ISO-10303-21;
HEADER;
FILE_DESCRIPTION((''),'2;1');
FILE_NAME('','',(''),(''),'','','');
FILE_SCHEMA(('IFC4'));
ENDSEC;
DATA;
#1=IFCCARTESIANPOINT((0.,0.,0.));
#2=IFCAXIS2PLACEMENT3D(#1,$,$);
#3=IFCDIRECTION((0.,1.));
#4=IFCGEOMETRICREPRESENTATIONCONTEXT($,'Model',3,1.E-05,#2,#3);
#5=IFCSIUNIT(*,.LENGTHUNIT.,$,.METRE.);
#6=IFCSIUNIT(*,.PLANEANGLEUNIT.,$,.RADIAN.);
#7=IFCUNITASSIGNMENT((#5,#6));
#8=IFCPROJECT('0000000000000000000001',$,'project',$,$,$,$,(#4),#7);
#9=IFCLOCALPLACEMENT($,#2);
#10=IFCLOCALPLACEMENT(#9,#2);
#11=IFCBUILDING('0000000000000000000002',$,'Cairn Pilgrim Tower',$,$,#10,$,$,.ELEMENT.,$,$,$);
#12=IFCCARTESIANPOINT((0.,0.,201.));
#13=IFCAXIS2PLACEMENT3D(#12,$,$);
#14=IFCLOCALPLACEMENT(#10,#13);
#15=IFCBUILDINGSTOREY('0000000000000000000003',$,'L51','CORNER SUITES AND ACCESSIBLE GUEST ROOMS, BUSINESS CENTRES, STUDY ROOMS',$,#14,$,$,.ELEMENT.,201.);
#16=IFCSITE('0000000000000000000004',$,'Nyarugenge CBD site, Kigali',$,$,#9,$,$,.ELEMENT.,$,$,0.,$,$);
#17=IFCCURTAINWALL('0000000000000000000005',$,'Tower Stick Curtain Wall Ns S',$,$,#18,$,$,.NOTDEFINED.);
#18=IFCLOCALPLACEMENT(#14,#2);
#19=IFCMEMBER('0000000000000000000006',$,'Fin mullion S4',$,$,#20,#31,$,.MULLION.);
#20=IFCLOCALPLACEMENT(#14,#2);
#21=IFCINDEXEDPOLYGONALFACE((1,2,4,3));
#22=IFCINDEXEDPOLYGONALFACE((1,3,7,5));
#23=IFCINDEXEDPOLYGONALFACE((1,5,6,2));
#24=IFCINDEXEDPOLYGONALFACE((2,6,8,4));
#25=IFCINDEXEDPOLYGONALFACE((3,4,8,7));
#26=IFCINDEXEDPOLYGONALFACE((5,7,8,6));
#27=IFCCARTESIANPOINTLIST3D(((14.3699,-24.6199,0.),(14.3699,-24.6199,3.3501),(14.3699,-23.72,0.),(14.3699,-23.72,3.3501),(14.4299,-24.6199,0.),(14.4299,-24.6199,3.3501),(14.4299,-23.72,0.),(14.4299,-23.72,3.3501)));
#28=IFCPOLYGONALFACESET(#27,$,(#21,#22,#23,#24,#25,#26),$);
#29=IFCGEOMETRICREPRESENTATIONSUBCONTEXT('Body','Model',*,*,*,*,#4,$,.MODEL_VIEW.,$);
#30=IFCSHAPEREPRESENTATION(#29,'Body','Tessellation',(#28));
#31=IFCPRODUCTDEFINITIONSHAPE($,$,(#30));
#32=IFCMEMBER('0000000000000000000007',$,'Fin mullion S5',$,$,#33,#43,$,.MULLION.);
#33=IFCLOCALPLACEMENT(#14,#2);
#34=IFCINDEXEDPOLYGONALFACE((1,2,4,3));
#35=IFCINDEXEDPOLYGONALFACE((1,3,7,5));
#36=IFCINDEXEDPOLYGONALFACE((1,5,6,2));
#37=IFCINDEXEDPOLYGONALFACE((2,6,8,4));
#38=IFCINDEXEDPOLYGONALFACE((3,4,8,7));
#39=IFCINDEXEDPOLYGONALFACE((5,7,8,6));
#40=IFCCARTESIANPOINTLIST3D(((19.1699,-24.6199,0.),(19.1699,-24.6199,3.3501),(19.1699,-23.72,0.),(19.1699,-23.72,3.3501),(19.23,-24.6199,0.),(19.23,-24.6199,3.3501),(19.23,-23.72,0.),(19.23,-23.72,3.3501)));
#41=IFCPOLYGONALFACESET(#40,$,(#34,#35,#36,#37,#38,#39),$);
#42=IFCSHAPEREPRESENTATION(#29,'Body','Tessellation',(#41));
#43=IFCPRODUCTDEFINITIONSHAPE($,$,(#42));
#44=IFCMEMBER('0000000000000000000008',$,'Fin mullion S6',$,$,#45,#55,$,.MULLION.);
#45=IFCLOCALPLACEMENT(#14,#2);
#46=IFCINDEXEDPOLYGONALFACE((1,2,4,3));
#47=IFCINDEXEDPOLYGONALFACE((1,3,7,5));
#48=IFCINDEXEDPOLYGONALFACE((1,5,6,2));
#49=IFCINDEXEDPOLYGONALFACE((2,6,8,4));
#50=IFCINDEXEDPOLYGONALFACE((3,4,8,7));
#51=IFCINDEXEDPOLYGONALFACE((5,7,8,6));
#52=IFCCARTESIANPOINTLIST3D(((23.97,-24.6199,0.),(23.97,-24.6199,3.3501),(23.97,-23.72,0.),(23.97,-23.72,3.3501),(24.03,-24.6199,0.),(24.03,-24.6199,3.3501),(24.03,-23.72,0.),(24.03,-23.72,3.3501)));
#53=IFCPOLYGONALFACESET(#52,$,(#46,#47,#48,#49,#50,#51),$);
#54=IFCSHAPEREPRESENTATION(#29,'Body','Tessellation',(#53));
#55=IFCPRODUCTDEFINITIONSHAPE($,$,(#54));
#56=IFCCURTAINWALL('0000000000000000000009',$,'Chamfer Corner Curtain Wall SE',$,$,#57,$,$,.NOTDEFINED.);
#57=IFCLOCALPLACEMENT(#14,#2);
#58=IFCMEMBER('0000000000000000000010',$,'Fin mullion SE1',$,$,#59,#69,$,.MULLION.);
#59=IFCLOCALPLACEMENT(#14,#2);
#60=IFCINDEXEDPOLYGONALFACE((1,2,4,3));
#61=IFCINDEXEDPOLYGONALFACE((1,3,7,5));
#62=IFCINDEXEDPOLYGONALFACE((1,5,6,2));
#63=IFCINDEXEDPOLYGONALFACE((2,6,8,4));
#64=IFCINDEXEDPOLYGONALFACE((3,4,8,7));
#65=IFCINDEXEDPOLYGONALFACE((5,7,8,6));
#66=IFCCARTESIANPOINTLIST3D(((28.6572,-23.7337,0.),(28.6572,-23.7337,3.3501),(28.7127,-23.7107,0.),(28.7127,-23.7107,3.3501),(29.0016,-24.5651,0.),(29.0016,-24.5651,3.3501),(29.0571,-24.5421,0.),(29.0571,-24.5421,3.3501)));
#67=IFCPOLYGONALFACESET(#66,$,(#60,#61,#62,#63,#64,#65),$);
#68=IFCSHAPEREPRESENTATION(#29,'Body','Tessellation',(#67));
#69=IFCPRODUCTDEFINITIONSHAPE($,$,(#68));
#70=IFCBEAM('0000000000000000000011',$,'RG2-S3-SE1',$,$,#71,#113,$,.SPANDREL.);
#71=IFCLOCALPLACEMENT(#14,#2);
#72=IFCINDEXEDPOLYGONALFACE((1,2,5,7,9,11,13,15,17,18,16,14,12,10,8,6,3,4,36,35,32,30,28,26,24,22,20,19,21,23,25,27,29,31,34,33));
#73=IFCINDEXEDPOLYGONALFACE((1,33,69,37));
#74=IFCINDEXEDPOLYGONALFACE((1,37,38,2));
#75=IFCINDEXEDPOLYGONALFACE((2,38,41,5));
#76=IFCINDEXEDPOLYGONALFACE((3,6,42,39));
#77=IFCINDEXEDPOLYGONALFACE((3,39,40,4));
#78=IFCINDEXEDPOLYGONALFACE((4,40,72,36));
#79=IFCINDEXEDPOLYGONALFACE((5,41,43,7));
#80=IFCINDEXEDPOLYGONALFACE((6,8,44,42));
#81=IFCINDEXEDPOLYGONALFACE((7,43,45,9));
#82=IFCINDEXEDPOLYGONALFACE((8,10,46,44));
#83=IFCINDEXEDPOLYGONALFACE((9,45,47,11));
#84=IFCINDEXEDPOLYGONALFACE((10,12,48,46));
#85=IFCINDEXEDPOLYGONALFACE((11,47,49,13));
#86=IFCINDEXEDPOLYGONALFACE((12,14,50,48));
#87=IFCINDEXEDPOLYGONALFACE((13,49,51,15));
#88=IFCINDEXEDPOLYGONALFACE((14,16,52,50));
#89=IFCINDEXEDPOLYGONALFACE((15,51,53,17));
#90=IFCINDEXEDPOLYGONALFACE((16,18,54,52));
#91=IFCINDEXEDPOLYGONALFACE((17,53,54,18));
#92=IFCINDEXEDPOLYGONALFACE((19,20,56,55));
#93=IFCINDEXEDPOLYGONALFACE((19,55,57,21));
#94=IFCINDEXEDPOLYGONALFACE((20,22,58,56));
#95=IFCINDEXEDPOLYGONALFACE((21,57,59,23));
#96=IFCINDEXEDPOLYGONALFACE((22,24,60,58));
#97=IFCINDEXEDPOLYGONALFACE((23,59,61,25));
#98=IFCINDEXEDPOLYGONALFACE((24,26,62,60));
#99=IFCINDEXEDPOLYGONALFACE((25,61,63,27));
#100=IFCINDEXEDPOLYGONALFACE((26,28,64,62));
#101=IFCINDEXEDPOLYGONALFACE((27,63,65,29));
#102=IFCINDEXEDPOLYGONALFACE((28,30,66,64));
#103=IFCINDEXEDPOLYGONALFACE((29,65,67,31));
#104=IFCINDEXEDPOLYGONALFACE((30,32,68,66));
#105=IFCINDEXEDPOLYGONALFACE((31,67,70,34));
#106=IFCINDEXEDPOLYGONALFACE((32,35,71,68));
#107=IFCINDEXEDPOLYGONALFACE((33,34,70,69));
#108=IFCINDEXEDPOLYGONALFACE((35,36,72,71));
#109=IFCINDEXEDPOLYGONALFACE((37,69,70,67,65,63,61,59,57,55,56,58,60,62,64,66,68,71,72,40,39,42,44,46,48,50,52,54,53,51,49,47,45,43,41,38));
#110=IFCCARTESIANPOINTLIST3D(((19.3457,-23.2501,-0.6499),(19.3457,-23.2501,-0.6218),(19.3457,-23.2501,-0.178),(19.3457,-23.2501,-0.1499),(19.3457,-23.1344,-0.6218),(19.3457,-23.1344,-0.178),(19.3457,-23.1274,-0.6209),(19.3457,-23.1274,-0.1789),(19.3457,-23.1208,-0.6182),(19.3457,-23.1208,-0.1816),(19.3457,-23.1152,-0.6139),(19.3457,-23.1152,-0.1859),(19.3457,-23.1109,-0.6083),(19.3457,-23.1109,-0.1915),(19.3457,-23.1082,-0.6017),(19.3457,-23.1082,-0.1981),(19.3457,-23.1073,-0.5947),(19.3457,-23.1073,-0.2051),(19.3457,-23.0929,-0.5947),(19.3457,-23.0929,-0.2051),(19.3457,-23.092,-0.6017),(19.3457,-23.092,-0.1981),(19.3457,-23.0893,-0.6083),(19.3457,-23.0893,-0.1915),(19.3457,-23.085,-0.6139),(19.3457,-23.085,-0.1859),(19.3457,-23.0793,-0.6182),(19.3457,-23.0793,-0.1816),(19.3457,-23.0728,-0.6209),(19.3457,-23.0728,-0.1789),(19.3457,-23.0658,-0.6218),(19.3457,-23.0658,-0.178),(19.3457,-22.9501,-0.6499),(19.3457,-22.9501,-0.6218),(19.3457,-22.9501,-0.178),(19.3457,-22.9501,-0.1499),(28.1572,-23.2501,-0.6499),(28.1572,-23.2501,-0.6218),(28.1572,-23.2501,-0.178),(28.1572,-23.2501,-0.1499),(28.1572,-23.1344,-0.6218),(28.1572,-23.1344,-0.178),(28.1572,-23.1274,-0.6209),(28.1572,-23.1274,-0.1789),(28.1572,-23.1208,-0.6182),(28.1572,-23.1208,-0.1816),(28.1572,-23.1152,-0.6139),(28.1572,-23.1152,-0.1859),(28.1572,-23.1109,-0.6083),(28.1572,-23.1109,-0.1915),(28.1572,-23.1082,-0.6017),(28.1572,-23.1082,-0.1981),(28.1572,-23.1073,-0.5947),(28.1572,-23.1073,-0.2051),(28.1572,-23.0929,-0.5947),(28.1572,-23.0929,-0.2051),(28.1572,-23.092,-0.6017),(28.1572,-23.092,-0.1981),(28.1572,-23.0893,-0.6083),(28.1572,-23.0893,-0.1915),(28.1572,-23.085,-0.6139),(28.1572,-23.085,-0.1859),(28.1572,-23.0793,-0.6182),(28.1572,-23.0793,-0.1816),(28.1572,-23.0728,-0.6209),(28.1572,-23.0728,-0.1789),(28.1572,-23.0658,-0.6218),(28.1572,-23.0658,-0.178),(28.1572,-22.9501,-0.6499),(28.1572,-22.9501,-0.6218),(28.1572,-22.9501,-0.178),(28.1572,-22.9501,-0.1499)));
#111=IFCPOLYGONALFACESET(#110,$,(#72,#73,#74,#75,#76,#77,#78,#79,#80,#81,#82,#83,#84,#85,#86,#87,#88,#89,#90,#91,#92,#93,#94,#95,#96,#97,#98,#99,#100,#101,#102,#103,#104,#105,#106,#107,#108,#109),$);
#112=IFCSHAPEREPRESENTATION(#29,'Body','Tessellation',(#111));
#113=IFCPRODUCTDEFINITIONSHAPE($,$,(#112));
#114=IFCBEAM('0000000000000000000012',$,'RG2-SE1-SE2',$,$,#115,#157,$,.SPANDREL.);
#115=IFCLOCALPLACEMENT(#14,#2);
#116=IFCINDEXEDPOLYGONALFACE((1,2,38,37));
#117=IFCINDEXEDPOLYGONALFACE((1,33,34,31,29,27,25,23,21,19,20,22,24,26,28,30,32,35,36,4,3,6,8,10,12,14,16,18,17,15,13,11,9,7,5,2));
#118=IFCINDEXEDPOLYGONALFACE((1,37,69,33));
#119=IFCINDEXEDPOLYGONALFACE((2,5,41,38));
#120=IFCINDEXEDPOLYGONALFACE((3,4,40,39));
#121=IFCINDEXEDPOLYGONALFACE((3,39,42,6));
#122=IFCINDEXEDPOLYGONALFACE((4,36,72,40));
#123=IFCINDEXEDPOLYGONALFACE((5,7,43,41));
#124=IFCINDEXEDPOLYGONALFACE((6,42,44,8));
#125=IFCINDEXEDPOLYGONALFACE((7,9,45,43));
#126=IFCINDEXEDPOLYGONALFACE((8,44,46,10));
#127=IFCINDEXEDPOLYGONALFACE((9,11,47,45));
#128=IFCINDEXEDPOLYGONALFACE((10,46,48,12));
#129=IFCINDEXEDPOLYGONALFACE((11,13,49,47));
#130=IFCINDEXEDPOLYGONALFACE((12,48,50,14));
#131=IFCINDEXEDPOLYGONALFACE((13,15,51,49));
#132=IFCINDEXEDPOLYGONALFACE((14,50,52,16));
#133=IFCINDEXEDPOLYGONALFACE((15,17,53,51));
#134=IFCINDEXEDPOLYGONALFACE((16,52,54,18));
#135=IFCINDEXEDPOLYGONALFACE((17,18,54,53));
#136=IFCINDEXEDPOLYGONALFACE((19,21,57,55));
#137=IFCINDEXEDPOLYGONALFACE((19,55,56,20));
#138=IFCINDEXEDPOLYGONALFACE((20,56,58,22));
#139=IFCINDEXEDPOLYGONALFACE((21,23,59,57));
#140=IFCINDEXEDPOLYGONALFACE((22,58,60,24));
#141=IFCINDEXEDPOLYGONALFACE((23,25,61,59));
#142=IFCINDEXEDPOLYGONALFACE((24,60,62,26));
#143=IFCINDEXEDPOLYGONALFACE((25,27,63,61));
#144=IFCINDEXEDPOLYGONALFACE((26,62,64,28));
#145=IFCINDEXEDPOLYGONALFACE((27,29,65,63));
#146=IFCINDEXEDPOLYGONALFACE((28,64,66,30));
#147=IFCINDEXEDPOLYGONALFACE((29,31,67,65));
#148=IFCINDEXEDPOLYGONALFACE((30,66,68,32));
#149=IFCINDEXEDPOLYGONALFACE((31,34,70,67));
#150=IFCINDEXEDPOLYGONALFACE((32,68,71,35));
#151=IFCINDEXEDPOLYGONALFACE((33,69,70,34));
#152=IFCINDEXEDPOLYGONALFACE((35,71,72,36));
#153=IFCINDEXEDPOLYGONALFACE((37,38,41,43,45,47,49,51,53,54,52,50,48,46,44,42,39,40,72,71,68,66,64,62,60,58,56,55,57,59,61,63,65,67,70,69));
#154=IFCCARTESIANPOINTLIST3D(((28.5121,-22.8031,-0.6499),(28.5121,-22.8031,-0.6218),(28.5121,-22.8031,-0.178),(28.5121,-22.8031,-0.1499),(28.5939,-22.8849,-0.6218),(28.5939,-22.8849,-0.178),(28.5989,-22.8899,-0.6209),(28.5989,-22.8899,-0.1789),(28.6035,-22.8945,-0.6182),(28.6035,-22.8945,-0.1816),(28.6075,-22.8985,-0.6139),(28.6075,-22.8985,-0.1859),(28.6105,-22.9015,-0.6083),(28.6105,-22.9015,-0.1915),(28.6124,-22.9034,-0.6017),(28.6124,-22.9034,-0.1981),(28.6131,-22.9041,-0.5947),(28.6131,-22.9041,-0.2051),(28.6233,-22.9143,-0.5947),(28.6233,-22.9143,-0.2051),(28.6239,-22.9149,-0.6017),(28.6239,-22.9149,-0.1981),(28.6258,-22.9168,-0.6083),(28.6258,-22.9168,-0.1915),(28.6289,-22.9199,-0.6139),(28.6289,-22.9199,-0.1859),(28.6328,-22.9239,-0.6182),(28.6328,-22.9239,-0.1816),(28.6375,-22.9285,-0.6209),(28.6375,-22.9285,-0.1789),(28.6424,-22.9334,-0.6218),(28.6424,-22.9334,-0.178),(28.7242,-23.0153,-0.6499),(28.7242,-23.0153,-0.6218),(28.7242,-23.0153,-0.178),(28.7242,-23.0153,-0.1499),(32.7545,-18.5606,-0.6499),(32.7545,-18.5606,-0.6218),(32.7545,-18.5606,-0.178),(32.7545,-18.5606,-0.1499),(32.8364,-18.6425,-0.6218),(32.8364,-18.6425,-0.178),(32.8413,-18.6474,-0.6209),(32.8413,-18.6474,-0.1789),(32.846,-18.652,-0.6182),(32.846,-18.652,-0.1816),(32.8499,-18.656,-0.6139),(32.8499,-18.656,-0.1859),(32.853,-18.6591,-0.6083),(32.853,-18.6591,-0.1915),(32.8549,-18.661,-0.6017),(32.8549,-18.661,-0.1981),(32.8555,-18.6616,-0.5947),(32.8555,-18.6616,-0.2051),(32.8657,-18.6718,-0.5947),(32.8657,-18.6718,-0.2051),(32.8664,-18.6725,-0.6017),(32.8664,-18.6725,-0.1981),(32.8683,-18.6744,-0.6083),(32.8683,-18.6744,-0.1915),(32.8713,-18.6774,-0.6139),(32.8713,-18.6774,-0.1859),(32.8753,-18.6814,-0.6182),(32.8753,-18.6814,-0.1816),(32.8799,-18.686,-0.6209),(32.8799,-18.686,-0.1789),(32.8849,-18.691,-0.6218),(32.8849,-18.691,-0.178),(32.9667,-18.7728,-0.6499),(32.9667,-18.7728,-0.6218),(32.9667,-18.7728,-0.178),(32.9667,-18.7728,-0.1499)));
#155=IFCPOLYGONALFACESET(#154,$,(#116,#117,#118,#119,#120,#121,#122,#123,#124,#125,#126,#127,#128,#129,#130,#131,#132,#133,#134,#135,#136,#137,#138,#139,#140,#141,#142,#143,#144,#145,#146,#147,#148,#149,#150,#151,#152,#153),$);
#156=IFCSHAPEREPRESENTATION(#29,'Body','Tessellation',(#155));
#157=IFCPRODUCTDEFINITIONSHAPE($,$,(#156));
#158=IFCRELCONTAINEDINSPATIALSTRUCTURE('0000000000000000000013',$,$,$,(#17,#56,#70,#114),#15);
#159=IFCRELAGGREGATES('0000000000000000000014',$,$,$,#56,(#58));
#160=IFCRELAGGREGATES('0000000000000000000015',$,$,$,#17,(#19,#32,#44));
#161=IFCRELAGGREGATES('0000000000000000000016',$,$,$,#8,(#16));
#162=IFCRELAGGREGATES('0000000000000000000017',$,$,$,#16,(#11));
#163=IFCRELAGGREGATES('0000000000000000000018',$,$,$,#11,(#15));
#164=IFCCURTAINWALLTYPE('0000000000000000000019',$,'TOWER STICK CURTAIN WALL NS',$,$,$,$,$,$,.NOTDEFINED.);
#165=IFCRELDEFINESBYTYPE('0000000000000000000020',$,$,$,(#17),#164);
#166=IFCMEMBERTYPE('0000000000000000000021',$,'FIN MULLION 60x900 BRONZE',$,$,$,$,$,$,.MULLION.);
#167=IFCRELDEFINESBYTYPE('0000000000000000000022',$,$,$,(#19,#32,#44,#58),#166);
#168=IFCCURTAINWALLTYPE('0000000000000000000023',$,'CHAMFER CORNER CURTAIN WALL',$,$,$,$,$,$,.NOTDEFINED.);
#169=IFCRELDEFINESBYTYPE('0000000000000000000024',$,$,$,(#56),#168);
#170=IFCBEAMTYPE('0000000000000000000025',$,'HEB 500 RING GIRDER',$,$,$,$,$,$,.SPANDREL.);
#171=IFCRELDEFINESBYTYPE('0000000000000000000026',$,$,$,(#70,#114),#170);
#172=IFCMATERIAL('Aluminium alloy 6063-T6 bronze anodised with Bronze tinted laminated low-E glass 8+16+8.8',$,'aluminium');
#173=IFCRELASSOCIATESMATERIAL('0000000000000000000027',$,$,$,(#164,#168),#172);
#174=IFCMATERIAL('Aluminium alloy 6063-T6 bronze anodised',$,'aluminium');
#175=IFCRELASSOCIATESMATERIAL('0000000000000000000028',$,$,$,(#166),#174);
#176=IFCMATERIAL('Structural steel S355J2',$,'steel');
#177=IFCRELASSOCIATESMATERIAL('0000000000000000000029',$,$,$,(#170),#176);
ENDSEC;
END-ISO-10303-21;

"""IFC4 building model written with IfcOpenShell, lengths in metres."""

from ifc_helpers import new_model, si_unit, direction, frame, origin, origin_2d, place, context, subcontext, project, spatial, rectangle, i_section, extrude, material, material_profile, profile_set, type_object, element, aggregate, save


model = new_model("IFC4")

# Units and contexts
model_context = context("Model", 3, precision=1e-05, world=origin(), true_north=direction((0.0, 1.0)))
body_context = subcontext(model_context, "Body", "Model", "MODEL_VIEW")
ifc_project = project(units=[si_unit("LENGTHUNIT", "METRE"), si_unit("PLANEANGLEUNIT", "RADIAN")], contexts=[model_context])

# Site, building, storey
site_placement = place(None, origin())
site = spatial("IfcSite", under=ifc_project, at=site_placement, Name="Nyarugenge CBD site, Kigali", CompositionType="ELEMENT", RefElevation=0.0)
building_placement = place(site_placement, origin())
building = spatial("IfcBuilding", under=site, at=building_placement, Name="Cairn Pilgrim Tower", CompositionType="ELEMENT")
storey_placement = place(building_placement, frame((0.0, 0.0, 201.0)))
storey = spatial("IfcBuildingStorey", under=building, at=storey_placement, Name="L51", Description="CORNER SUITES AND ACCESSIBLE GUEST ROOMS, BUSINESS CENTRES, STUDY ROOMS", CompositionType="ELEMENT", Elevation=201.0)

# Curtain wall, members
ifc_material_1 = material(Name="Aluminium alloy 6063-T6 bronze anodised with Bronze tinted laminated low-E glass 8+16+8.8", Category="aluminium")
curtain_wall_type_1 = type_object("IfcCurtainWallType", Name="TOWER STICK CURTAIN WALL NS", PredefinedType="NOTDEFINED", material=ifc_material_1)
curtain_wall_1_placement = place(storey_placement, origin())
curtain_wall_1 = element("IfcCurtainWall", 1, at=curtain_wall_1_placement, inside=storey, type_object=curtain_wall_type_1, Name="Tower Stick Curtain Wall Ns S", PredefinedType="NOTDEFINED")
ifc_material_2 = material(Name="Aluminium alloy 6063-T6 bronze anodised", Category="aluminium")
ifc_material_profile_1 = material_profile(ifc_material_2, rectangle(XDim=0.8999, YDim=0.0601, at=origin_2d()), Name="FIN MULLION 60x900 BRONZE")
ifc_profile_set_1 = profile_set([ifc_material_profile_1], Name="Aluminium alloy 6063-T6 bronze anodised")
member_type_1 = type_object("IfcMemberType", Name="FIN MULLION 60x900 BRONZE", PredefinedType="MULLION", material=ifc_profile_set_1)
member_1_placement = place(storey_placement, frame((14.3999, -24.1699, 0.0), z_axis=(0.0, 0.0, 1.0), x_axis=(0.0, -1.0, 0.0)))
member_1 = element("IfcMember", 2, at=member_1_placement, type_object=member_type_1, Name="Fin mullion S4", PredefinedType="MULLION", context=body_context, shape_type="SweptSolid", body=[
    extrude(rectangle(XDim=0.8999, YDim=0.0601, at=origin_2d()), origin(), (0.0, 0.0, 1.0), 3.3501),
])
member_2_placement = place(storey_placement, frame((19.2, -24.1699, 0.0), z_axis=(0.0, 0.0, 1.0), x_axis=(0.0, -1.0, 0.0)))
member_2 = element("IfcMember", 3, at=member_2_placement, type_object=member_type_1, Name="Fin mullion S5", PredefinedType="MULLION", context=body_context, shape_type="SweptSolid", body=[
    extrude(rectangle(XDim=0.8999, YDim=0.0601, at=origin_2d()), origin(), (0.0, 0.0, 1.0), 3.3501),
])
member_3_placement = place(storey_placement, frame((24.0, -24.1699, 0.0), z_axis=(0.0, 0.0, 1.0), x_axis=(0.0, -1.0, 0.0)))
member_3 = element("IfcMember", 4, at=member_3_placement, type_object=member_type_1, Name="Fin mullion S6", PredefinedType="MULLION", context=body_context, shape_type="SweptSolid", body=[
    extrude(rectangle(XDim=0.8999, YDim=0.0601, at=origin_2d()), origin(), (0.0, 0.0, 1.0), 3.3501),
])

# Curtain wall, member
curtain_wall_type_2 = type_object("IfcCurtainWallType", Name="CHAMFER CORNER CURTAIN WALL", PredefinedType="NOTDEFINED", material=ifc_material_1)
curtain_wall_2_placement = place(storey_placement, origin())
curtain_wall_2 = element("IfcCurtainWall", 5, at=curtain_wall_2_placement, inside=storey, type_object=curtain_wall_type_2, Name="Chamfer Corner Curtain Wall SE", PredefinedType="NOTDEFINED")
member_4_placement = place(storey_placement, frame((28.8572, -24.1379, 0.0), z_axis=(0.0, 0.0, 1.0), x_axis=(0.382683, -0.92388, 0.0)))
member_4 = element("IfcMember", 6, at=member_4_placement, type_object=member_type_1, Name="Fin mullion SE1", PredefinedType="MULLION", context=body_context, shape_type="SweptSolid", body=[
    extrude(rectangle(XDim=0.8999, YDim=0.0601, at=origin_2d()), origin(), (0.0, 0.0, 1.0), 3.3501),
])
aggregate(curtain_wall_2, [member_4])

# Beams
ifc_material_3 = material(Name="Structural steel S355J2", Category="steel")
ifc_material_profile_2 = material_profile(ifc_material_3, i_section(OverallWidth=0.3, OverallDepth=0.5, WebThickness=0.0144, FlangeThickness=0.0281, FilletRadius=0.0271, at=origin_2d()), Name="HEB 500")
ifc_profile_set_2 = profile_set([ifc_material_profile_2], Name="Structural steel S355J2")
beam_type_1 = type_object("IfcBeamType", Name="HEB 500 RING GIRDER", PredefinedType="SPANDREL", material=ifc_profile_set_2)
beam_1_placement = place(storey_placement, frame((19.3457, -23.1001, -0.3999), z_axis=(1.0, 0.0, 0.0), x_axis=(0.0, 1.0, 0.0)))
element("IfcBeam", 7, at=beam_1_placement, inside=storey, type_object=beam_type_1, Name="RG2-S3-SE1", PredefinedType="SPANDREL", context=body_context, shape_type="SweptSolid", body=[
    extrude(i_section(OverallWidth=0.3, OverallDepth=0.5, WebThickness=0.0144, FlangeThickness=0.0281, FilletRadius=0.0271, at=origin_2d()), origin(), (0.0, 0.0, 1.0), 8.8115),
])
beam_2_placement = place(storey_placement, frame((28.6182, -22.9092, -0.3999), z_axis=(0.707107, 0.707107, 0.0), x_axis=(-0.707107, 0.707107, 0.0)))
element("IfcBeam", 8, at=beam_2_placement, inside=storey, type_object=beam_type_1, Name="RG2-SE1-SE2", PredefinedType="SPANDREL", context=body_context, shape_type="SweptSolid", body=[
    extrude(i_section(OverallWidth=0.3, OverallDepth=0.5, WebThickness=0.0144, FlangeThickness=0.0281, FilletRadius=0.0271, at=origin_2d()), origin(), (0.0, 0.0, 1.0), 5.9998),
])

aggregate(curtain_wall_1, [member_1, member_2, member_3])

save(model, "model.ifc")
